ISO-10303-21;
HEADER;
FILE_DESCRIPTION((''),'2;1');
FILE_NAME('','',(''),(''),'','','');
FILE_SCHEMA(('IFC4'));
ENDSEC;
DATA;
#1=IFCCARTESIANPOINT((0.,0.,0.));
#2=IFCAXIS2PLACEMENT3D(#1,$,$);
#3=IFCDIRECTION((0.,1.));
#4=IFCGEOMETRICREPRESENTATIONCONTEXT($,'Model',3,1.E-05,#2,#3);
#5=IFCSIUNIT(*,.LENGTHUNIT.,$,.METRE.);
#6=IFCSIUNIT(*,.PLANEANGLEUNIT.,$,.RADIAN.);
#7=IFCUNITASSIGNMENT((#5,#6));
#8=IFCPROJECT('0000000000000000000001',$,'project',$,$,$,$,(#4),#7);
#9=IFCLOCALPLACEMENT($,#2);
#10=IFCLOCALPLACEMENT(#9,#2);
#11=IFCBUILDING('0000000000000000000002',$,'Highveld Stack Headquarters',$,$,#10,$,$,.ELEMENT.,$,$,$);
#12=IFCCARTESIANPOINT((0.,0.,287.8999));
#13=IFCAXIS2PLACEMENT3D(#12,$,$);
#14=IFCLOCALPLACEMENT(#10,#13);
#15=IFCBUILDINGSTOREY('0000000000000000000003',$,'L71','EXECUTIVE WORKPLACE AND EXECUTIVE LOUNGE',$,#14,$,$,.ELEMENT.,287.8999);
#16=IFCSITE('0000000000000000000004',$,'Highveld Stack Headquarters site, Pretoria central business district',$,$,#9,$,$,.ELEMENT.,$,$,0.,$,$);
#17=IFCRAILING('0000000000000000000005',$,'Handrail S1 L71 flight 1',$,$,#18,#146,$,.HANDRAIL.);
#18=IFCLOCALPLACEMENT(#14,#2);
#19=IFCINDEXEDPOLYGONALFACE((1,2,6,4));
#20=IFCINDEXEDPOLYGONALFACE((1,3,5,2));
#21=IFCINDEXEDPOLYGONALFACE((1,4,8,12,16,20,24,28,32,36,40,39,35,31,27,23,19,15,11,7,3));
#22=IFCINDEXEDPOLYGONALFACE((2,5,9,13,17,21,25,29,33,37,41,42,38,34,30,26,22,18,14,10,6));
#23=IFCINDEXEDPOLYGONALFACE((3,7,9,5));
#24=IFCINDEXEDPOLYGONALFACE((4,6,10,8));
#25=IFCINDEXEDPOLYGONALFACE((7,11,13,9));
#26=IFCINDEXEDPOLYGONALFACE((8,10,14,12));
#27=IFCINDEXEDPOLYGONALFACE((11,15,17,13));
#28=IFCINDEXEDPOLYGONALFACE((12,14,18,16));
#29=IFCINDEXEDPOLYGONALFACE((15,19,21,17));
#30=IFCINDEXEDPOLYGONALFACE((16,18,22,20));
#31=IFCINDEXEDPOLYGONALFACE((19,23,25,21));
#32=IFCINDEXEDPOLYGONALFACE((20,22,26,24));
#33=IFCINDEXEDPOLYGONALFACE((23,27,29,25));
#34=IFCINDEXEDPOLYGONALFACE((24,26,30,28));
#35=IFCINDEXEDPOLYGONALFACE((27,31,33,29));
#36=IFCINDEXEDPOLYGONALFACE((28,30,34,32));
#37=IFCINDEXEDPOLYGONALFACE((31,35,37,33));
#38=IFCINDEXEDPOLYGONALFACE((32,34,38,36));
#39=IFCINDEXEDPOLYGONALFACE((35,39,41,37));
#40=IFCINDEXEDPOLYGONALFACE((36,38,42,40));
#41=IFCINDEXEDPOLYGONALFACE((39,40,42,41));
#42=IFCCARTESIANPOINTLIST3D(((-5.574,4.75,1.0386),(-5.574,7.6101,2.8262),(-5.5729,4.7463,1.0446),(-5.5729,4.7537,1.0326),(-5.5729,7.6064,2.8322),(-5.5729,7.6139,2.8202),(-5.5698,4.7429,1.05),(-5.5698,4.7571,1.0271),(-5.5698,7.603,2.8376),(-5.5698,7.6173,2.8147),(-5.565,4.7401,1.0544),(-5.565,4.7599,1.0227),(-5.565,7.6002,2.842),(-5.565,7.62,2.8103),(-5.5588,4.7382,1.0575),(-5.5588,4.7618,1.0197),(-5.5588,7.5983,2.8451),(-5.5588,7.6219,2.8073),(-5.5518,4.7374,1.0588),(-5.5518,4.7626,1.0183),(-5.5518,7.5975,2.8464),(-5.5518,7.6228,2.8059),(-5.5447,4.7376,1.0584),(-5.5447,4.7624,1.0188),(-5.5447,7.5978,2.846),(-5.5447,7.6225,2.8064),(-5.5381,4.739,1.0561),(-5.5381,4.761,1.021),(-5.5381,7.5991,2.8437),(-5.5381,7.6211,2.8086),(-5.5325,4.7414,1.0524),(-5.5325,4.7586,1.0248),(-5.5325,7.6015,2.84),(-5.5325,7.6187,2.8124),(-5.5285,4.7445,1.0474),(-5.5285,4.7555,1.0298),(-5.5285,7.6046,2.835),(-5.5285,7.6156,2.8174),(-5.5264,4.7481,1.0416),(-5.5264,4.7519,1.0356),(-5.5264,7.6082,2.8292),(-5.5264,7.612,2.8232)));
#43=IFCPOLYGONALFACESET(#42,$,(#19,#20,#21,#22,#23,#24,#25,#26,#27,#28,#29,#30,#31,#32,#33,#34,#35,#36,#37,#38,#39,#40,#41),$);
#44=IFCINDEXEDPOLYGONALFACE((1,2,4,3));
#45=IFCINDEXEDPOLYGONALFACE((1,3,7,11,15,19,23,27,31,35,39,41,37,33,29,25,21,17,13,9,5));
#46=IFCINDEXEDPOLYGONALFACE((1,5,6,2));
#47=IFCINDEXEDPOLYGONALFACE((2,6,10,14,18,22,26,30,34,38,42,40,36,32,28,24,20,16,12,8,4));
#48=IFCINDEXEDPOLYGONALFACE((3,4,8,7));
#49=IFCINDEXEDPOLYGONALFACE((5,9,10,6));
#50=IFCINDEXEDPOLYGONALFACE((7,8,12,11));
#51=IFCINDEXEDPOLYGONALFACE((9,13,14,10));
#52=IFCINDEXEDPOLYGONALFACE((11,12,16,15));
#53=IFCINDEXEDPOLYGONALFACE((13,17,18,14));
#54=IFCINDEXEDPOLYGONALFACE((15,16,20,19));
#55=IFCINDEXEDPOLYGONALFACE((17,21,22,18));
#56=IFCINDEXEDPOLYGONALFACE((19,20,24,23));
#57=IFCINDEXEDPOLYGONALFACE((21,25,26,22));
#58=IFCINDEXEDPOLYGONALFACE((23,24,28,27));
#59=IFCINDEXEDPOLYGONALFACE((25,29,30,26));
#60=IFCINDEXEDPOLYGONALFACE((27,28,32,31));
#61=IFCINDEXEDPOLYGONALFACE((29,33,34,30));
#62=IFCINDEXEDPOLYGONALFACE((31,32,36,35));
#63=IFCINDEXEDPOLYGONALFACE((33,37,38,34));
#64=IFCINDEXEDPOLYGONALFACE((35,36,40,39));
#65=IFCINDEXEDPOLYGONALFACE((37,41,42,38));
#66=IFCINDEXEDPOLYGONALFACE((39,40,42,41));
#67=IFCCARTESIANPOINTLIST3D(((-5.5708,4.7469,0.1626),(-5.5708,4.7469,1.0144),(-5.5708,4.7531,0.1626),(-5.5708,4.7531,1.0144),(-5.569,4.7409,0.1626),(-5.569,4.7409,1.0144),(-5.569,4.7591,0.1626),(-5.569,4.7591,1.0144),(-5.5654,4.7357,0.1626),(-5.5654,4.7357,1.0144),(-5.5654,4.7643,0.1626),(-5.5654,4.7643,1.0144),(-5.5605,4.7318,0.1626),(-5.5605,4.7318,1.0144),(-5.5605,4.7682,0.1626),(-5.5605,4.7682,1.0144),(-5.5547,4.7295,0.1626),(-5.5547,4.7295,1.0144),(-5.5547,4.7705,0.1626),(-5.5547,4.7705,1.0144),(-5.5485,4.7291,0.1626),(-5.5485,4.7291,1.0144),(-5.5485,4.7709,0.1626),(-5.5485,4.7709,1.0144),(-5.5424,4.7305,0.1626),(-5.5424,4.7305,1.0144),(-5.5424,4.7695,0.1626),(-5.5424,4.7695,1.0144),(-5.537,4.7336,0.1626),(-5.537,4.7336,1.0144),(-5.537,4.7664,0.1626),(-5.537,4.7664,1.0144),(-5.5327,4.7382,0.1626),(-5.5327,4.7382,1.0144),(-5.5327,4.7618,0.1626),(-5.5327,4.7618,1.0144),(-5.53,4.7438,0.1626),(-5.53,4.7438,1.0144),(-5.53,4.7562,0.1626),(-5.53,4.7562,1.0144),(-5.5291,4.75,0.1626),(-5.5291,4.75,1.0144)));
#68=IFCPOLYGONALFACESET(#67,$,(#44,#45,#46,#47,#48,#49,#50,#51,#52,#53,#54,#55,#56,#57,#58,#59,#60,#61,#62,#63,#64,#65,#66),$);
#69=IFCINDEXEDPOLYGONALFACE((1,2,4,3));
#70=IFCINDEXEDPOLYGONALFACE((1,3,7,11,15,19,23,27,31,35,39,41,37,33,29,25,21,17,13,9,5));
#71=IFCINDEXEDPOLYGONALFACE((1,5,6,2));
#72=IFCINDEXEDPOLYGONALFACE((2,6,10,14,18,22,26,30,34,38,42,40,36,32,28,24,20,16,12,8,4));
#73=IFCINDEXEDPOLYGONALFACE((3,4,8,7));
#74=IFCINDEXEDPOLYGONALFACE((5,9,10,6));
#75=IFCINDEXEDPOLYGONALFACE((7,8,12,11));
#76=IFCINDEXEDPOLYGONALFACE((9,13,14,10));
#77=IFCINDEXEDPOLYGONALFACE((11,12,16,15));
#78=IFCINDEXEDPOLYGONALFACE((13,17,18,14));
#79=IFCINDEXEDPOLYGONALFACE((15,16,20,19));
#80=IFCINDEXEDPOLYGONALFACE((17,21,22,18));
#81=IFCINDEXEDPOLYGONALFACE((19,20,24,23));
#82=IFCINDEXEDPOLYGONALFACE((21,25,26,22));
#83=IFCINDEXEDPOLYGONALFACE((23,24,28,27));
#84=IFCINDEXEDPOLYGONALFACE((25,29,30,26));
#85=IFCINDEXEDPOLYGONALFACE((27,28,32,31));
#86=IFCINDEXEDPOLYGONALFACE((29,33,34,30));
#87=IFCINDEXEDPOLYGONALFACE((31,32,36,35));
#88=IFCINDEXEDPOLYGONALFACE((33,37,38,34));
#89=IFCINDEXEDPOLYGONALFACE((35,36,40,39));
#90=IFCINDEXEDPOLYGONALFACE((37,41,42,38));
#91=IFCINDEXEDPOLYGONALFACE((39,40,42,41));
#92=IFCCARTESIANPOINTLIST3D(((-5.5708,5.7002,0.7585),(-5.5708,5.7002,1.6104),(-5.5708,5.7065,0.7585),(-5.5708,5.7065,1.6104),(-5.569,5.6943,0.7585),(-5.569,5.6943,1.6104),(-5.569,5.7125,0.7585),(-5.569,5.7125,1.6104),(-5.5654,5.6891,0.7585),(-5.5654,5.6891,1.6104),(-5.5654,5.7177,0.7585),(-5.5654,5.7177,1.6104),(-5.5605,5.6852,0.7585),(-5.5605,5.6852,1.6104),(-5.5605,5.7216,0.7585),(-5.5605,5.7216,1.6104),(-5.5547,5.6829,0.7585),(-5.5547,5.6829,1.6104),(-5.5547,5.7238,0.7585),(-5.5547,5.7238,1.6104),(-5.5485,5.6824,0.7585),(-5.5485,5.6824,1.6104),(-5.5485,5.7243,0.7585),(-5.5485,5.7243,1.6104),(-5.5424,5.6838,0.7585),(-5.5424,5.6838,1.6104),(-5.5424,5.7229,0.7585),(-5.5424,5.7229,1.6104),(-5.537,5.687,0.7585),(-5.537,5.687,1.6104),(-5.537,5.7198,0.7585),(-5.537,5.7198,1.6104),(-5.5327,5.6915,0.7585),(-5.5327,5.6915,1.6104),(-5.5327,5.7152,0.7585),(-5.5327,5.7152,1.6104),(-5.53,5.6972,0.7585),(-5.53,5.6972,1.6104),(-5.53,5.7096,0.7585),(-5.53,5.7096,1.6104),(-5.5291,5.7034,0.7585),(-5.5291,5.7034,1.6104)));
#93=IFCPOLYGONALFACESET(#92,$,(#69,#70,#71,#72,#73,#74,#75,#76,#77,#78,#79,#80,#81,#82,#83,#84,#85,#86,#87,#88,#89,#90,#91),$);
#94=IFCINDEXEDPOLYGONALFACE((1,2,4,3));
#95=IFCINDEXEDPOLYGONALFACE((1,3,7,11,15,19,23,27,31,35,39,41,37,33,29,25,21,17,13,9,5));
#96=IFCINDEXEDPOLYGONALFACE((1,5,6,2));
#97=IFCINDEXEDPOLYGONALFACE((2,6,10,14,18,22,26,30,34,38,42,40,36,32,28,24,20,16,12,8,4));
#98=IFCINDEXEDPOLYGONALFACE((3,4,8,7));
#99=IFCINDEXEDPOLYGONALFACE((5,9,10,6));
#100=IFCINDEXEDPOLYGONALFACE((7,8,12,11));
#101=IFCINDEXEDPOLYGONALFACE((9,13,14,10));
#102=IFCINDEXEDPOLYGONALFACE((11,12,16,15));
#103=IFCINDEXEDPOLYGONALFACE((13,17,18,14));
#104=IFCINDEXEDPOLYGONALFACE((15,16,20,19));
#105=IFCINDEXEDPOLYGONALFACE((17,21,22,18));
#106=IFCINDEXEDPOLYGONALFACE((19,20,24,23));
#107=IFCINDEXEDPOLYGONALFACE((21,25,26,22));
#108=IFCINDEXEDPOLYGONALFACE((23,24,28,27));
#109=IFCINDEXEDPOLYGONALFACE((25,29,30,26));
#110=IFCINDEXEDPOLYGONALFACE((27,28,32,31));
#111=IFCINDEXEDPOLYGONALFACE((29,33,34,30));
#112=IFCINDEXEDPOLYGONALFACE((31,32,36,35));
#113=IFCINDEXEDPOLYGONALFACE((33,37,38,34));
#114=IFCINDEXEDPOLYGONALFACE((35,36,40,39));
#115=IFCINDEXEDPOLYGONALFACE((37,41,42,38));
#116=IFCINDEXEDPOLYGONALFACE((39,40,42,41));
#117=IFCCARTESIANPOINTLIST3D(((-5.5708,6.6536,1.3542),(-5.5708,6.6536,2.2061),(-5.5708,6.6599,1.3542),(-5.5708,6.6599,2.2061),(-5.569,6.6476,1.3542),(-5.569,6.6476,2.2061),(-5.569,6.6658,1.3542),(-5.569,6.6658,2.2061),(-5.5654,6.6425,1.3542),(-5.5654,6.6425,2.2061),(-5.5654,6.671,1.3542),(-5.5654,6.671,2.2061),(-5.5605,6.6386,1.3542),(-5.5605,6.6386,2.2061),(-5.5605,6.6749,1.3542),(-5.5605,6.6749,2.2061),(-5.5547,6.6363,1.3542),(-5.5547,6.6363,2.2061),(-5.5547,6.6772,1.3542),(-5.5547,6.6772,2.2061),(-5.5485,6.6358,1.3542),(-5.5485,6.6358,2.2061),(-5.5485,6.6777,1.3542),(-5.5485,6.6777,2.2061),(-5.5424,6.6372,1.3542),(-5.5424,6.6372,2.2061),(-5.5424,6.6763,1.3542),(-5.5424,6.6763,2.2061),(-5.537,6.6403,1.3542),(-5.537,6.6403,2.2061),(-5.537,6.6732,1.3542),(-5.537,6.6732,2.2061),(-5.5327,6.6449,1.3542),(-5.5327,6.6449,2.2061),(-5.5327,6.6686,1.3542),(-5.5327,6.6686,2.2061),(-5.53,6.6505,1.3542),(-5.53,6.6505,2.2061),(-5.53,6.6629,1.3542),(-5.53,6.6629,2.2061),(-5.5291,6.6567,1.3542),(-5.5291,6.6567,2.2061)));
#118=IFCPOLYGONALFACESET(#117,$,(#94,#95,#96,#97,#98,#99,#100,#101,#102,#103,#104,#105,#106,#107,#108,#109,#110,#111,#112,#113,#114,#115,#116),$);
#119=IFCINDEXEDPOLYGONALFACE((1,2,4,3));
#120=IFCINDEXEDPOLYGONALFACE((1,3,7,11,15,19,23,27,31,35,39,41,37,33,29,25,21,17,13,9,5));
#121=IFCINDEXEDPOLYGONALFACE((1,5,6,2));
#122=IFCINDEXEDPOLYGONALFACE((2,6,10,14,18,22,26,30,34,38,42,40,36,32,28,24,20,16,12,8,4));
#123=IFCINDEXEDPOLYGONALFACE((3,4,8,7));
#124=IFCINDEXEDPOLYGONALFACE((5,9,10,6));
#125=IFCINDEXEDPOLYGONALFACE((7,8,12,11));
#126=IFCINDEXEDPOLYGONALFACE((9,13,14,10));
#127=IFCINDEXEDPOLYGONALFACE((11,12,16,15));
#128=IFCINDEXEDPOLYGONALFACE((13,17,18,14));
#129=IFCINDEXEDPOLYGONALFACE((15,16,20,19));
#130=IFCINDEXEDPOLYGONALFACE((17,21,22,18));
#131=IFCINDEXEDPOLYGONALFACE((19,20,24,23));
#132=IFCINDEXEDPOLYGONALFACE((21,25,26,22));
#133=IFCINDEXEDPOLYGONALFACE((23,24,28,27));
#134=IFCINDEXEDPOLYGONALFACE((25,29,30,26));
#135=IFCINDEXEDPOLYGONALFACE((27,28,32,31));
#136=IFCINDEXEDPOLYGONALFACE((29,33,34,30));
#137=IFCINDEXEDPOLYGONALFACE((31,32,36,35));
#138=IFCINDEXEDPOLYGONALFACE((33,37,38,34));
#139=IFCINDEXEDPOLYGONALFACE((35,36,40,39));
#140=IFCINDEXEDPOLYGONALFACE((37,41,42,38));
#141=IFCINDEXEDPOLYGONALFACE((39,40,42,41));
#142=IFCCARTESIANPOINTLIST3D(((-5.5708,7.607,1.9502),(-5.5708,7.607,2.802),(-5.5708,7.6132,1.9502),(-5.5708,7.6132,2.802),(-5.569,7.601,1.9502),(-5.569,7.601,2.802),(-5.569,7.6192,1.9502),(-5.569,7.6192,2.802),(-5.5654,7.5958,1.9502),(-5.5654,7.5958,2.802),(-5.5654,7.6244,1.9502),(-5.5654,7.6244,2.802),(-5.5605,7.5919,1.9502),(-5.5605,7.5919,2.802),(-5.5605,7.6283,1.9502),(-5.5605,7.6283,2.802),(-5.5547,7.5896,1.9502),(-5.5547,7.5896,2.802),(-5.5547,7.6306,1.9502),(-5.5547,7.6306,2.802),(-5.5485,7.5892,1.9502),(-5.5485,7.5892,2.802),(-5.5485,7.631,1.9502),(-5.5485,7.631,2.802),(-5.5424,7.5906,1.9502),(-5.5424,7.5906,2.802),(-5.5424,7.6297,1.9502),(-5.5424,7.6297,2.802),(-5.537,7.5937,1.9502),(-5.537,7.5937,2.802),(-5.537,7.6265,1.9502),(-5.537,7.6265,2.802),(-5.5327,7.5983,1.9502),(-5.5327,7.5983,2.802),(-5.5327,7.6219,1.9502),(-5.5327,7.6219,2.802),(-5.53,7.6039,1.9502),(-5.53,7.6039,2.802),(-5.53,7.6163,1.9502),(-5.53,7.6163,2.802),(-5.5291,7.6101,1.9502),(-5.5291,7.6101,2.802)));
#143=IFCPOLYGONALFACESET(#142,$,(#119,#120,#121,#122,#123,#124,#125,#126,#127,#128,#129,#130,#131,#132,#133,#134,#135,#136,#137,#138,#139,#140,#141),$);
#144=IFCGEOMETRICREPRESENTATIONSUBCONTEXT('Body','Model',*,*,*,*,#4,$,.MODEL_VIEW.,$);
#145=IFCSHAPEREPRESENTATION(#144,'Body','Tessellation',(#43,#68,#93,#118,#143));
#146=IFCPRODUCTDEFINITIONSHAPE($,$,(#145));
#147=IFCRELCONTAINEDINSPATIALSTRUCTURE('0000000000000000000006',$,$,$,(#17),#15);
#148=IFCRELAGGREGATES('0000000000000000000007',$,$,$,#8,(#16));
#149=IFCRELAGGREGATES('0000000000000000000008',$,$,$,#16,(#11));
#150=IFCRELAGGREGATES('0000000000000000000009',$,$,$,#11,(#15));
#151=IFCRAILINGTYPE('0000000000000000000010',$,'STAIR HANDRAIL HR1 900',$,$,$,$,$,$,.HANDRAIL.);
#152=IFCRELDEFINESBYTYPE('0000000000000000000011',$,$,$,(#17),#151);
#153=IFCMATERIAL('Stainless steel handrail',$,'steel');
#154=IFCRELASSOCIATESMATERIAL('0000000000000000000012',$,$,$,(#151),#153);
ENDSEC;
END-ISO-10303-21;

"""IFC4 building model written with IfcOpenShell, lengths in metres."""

from ifc_helpers import new_model, si_unit, direction, frame, origin, origin_2d, place, context, subcontext, project, spatial, circle, extrude, material, type_object, element, save


model = new_model("IFC4")

# Units and contexts
model_context = context("Model", 3, precision=1e-05, world=origin(), true_north=direction((0.0, 1.0)))
body_context = subcontext(model_context, "Body", "Model", "MODEL_VIEW")
ifc_project = project(units=[si_unit("LENGTHUNIT", "METRE"), si_unit("PLANEANGLEUNIT", "RADIAN")], contexts=[model_context])

# Site, building, storey
site_placement = place(None, origin())
site = spatial("IfcSite", under=ifc_project, at=site_placement, Name="Highveld Stack Headquarters site, Pretoria central business district", CompositionType="ELEMENT", RefElevation=0.0)
building_placement = place(site_placement, origin())
building = spatial("IfcBuilding", under=site, at=building_placement, Name="Highveld Stack Headquarters", CompositionType="ELEMENT")
storey_placement = place(building_placement, frame((0.0, 0.0, 287.8999)))
storey = spatial("IfcBuildingStorey", under=building, at=storey_placement, Name="L71", Description="EXECUTIVE WORKPLACE AND EXECUTIVE LOUNGE", CompositionType="ELEMENT", Elevation=287.8999)

# Railing
ifc_material_1 = material(Name="Stainless steel handrail", Category="steel")
railing_type = type_object("IfcRailingType", Name="STAIR HANDRAIL HR1 900", PredefinedType="HANDRAIL", material=ifc_material_1)
for number, where, name in (
    (1, (-5.55, 4.75, 0.1626), "Handrail S1 L71 flight 1"),
):
    element("IfcRailing", number, at=place(storey_placement, frame(where)), inside=storey, type_object=railing_type, Name=name, PredefinedType="HANDRAIL", context=body_context, shape_type="SweptSolid", body=[
        extrude(circle(Radius=0.0239, at=origin_2d()), frame((0.0, 0.0, 0.876), z_axis=(0.0, 0.847994, 0.530005), x_axis=(-1.0, 0.0, 0.0)), (0.0, 0.0, 1.0), 3.3728),
        extrude(circle(Radius=0.021, at=origin_2d()), origin(), (0.0, 0.0, 1.0), 0.8518),
        extrude(circle(Radius=0.021, at=origin_2d()), frame((0.0, 0.9534, 0.5959)), (0.0, 0.0, 1.0), 0.8518),
        extrude(circle(Radius=0.021, at=origin_2d()), frame((0.0, 1.9067, 1.1917)), (0.0, 0.0, 1.0), 0.8518),
        extrude(circle(Radius=0.021, at=origin_2d()), frame((0.0, 2.8601, 1.7876)), (0.0, 0.0, 1.0), 0.8518),
    ])

save(model, "model.ifc")
